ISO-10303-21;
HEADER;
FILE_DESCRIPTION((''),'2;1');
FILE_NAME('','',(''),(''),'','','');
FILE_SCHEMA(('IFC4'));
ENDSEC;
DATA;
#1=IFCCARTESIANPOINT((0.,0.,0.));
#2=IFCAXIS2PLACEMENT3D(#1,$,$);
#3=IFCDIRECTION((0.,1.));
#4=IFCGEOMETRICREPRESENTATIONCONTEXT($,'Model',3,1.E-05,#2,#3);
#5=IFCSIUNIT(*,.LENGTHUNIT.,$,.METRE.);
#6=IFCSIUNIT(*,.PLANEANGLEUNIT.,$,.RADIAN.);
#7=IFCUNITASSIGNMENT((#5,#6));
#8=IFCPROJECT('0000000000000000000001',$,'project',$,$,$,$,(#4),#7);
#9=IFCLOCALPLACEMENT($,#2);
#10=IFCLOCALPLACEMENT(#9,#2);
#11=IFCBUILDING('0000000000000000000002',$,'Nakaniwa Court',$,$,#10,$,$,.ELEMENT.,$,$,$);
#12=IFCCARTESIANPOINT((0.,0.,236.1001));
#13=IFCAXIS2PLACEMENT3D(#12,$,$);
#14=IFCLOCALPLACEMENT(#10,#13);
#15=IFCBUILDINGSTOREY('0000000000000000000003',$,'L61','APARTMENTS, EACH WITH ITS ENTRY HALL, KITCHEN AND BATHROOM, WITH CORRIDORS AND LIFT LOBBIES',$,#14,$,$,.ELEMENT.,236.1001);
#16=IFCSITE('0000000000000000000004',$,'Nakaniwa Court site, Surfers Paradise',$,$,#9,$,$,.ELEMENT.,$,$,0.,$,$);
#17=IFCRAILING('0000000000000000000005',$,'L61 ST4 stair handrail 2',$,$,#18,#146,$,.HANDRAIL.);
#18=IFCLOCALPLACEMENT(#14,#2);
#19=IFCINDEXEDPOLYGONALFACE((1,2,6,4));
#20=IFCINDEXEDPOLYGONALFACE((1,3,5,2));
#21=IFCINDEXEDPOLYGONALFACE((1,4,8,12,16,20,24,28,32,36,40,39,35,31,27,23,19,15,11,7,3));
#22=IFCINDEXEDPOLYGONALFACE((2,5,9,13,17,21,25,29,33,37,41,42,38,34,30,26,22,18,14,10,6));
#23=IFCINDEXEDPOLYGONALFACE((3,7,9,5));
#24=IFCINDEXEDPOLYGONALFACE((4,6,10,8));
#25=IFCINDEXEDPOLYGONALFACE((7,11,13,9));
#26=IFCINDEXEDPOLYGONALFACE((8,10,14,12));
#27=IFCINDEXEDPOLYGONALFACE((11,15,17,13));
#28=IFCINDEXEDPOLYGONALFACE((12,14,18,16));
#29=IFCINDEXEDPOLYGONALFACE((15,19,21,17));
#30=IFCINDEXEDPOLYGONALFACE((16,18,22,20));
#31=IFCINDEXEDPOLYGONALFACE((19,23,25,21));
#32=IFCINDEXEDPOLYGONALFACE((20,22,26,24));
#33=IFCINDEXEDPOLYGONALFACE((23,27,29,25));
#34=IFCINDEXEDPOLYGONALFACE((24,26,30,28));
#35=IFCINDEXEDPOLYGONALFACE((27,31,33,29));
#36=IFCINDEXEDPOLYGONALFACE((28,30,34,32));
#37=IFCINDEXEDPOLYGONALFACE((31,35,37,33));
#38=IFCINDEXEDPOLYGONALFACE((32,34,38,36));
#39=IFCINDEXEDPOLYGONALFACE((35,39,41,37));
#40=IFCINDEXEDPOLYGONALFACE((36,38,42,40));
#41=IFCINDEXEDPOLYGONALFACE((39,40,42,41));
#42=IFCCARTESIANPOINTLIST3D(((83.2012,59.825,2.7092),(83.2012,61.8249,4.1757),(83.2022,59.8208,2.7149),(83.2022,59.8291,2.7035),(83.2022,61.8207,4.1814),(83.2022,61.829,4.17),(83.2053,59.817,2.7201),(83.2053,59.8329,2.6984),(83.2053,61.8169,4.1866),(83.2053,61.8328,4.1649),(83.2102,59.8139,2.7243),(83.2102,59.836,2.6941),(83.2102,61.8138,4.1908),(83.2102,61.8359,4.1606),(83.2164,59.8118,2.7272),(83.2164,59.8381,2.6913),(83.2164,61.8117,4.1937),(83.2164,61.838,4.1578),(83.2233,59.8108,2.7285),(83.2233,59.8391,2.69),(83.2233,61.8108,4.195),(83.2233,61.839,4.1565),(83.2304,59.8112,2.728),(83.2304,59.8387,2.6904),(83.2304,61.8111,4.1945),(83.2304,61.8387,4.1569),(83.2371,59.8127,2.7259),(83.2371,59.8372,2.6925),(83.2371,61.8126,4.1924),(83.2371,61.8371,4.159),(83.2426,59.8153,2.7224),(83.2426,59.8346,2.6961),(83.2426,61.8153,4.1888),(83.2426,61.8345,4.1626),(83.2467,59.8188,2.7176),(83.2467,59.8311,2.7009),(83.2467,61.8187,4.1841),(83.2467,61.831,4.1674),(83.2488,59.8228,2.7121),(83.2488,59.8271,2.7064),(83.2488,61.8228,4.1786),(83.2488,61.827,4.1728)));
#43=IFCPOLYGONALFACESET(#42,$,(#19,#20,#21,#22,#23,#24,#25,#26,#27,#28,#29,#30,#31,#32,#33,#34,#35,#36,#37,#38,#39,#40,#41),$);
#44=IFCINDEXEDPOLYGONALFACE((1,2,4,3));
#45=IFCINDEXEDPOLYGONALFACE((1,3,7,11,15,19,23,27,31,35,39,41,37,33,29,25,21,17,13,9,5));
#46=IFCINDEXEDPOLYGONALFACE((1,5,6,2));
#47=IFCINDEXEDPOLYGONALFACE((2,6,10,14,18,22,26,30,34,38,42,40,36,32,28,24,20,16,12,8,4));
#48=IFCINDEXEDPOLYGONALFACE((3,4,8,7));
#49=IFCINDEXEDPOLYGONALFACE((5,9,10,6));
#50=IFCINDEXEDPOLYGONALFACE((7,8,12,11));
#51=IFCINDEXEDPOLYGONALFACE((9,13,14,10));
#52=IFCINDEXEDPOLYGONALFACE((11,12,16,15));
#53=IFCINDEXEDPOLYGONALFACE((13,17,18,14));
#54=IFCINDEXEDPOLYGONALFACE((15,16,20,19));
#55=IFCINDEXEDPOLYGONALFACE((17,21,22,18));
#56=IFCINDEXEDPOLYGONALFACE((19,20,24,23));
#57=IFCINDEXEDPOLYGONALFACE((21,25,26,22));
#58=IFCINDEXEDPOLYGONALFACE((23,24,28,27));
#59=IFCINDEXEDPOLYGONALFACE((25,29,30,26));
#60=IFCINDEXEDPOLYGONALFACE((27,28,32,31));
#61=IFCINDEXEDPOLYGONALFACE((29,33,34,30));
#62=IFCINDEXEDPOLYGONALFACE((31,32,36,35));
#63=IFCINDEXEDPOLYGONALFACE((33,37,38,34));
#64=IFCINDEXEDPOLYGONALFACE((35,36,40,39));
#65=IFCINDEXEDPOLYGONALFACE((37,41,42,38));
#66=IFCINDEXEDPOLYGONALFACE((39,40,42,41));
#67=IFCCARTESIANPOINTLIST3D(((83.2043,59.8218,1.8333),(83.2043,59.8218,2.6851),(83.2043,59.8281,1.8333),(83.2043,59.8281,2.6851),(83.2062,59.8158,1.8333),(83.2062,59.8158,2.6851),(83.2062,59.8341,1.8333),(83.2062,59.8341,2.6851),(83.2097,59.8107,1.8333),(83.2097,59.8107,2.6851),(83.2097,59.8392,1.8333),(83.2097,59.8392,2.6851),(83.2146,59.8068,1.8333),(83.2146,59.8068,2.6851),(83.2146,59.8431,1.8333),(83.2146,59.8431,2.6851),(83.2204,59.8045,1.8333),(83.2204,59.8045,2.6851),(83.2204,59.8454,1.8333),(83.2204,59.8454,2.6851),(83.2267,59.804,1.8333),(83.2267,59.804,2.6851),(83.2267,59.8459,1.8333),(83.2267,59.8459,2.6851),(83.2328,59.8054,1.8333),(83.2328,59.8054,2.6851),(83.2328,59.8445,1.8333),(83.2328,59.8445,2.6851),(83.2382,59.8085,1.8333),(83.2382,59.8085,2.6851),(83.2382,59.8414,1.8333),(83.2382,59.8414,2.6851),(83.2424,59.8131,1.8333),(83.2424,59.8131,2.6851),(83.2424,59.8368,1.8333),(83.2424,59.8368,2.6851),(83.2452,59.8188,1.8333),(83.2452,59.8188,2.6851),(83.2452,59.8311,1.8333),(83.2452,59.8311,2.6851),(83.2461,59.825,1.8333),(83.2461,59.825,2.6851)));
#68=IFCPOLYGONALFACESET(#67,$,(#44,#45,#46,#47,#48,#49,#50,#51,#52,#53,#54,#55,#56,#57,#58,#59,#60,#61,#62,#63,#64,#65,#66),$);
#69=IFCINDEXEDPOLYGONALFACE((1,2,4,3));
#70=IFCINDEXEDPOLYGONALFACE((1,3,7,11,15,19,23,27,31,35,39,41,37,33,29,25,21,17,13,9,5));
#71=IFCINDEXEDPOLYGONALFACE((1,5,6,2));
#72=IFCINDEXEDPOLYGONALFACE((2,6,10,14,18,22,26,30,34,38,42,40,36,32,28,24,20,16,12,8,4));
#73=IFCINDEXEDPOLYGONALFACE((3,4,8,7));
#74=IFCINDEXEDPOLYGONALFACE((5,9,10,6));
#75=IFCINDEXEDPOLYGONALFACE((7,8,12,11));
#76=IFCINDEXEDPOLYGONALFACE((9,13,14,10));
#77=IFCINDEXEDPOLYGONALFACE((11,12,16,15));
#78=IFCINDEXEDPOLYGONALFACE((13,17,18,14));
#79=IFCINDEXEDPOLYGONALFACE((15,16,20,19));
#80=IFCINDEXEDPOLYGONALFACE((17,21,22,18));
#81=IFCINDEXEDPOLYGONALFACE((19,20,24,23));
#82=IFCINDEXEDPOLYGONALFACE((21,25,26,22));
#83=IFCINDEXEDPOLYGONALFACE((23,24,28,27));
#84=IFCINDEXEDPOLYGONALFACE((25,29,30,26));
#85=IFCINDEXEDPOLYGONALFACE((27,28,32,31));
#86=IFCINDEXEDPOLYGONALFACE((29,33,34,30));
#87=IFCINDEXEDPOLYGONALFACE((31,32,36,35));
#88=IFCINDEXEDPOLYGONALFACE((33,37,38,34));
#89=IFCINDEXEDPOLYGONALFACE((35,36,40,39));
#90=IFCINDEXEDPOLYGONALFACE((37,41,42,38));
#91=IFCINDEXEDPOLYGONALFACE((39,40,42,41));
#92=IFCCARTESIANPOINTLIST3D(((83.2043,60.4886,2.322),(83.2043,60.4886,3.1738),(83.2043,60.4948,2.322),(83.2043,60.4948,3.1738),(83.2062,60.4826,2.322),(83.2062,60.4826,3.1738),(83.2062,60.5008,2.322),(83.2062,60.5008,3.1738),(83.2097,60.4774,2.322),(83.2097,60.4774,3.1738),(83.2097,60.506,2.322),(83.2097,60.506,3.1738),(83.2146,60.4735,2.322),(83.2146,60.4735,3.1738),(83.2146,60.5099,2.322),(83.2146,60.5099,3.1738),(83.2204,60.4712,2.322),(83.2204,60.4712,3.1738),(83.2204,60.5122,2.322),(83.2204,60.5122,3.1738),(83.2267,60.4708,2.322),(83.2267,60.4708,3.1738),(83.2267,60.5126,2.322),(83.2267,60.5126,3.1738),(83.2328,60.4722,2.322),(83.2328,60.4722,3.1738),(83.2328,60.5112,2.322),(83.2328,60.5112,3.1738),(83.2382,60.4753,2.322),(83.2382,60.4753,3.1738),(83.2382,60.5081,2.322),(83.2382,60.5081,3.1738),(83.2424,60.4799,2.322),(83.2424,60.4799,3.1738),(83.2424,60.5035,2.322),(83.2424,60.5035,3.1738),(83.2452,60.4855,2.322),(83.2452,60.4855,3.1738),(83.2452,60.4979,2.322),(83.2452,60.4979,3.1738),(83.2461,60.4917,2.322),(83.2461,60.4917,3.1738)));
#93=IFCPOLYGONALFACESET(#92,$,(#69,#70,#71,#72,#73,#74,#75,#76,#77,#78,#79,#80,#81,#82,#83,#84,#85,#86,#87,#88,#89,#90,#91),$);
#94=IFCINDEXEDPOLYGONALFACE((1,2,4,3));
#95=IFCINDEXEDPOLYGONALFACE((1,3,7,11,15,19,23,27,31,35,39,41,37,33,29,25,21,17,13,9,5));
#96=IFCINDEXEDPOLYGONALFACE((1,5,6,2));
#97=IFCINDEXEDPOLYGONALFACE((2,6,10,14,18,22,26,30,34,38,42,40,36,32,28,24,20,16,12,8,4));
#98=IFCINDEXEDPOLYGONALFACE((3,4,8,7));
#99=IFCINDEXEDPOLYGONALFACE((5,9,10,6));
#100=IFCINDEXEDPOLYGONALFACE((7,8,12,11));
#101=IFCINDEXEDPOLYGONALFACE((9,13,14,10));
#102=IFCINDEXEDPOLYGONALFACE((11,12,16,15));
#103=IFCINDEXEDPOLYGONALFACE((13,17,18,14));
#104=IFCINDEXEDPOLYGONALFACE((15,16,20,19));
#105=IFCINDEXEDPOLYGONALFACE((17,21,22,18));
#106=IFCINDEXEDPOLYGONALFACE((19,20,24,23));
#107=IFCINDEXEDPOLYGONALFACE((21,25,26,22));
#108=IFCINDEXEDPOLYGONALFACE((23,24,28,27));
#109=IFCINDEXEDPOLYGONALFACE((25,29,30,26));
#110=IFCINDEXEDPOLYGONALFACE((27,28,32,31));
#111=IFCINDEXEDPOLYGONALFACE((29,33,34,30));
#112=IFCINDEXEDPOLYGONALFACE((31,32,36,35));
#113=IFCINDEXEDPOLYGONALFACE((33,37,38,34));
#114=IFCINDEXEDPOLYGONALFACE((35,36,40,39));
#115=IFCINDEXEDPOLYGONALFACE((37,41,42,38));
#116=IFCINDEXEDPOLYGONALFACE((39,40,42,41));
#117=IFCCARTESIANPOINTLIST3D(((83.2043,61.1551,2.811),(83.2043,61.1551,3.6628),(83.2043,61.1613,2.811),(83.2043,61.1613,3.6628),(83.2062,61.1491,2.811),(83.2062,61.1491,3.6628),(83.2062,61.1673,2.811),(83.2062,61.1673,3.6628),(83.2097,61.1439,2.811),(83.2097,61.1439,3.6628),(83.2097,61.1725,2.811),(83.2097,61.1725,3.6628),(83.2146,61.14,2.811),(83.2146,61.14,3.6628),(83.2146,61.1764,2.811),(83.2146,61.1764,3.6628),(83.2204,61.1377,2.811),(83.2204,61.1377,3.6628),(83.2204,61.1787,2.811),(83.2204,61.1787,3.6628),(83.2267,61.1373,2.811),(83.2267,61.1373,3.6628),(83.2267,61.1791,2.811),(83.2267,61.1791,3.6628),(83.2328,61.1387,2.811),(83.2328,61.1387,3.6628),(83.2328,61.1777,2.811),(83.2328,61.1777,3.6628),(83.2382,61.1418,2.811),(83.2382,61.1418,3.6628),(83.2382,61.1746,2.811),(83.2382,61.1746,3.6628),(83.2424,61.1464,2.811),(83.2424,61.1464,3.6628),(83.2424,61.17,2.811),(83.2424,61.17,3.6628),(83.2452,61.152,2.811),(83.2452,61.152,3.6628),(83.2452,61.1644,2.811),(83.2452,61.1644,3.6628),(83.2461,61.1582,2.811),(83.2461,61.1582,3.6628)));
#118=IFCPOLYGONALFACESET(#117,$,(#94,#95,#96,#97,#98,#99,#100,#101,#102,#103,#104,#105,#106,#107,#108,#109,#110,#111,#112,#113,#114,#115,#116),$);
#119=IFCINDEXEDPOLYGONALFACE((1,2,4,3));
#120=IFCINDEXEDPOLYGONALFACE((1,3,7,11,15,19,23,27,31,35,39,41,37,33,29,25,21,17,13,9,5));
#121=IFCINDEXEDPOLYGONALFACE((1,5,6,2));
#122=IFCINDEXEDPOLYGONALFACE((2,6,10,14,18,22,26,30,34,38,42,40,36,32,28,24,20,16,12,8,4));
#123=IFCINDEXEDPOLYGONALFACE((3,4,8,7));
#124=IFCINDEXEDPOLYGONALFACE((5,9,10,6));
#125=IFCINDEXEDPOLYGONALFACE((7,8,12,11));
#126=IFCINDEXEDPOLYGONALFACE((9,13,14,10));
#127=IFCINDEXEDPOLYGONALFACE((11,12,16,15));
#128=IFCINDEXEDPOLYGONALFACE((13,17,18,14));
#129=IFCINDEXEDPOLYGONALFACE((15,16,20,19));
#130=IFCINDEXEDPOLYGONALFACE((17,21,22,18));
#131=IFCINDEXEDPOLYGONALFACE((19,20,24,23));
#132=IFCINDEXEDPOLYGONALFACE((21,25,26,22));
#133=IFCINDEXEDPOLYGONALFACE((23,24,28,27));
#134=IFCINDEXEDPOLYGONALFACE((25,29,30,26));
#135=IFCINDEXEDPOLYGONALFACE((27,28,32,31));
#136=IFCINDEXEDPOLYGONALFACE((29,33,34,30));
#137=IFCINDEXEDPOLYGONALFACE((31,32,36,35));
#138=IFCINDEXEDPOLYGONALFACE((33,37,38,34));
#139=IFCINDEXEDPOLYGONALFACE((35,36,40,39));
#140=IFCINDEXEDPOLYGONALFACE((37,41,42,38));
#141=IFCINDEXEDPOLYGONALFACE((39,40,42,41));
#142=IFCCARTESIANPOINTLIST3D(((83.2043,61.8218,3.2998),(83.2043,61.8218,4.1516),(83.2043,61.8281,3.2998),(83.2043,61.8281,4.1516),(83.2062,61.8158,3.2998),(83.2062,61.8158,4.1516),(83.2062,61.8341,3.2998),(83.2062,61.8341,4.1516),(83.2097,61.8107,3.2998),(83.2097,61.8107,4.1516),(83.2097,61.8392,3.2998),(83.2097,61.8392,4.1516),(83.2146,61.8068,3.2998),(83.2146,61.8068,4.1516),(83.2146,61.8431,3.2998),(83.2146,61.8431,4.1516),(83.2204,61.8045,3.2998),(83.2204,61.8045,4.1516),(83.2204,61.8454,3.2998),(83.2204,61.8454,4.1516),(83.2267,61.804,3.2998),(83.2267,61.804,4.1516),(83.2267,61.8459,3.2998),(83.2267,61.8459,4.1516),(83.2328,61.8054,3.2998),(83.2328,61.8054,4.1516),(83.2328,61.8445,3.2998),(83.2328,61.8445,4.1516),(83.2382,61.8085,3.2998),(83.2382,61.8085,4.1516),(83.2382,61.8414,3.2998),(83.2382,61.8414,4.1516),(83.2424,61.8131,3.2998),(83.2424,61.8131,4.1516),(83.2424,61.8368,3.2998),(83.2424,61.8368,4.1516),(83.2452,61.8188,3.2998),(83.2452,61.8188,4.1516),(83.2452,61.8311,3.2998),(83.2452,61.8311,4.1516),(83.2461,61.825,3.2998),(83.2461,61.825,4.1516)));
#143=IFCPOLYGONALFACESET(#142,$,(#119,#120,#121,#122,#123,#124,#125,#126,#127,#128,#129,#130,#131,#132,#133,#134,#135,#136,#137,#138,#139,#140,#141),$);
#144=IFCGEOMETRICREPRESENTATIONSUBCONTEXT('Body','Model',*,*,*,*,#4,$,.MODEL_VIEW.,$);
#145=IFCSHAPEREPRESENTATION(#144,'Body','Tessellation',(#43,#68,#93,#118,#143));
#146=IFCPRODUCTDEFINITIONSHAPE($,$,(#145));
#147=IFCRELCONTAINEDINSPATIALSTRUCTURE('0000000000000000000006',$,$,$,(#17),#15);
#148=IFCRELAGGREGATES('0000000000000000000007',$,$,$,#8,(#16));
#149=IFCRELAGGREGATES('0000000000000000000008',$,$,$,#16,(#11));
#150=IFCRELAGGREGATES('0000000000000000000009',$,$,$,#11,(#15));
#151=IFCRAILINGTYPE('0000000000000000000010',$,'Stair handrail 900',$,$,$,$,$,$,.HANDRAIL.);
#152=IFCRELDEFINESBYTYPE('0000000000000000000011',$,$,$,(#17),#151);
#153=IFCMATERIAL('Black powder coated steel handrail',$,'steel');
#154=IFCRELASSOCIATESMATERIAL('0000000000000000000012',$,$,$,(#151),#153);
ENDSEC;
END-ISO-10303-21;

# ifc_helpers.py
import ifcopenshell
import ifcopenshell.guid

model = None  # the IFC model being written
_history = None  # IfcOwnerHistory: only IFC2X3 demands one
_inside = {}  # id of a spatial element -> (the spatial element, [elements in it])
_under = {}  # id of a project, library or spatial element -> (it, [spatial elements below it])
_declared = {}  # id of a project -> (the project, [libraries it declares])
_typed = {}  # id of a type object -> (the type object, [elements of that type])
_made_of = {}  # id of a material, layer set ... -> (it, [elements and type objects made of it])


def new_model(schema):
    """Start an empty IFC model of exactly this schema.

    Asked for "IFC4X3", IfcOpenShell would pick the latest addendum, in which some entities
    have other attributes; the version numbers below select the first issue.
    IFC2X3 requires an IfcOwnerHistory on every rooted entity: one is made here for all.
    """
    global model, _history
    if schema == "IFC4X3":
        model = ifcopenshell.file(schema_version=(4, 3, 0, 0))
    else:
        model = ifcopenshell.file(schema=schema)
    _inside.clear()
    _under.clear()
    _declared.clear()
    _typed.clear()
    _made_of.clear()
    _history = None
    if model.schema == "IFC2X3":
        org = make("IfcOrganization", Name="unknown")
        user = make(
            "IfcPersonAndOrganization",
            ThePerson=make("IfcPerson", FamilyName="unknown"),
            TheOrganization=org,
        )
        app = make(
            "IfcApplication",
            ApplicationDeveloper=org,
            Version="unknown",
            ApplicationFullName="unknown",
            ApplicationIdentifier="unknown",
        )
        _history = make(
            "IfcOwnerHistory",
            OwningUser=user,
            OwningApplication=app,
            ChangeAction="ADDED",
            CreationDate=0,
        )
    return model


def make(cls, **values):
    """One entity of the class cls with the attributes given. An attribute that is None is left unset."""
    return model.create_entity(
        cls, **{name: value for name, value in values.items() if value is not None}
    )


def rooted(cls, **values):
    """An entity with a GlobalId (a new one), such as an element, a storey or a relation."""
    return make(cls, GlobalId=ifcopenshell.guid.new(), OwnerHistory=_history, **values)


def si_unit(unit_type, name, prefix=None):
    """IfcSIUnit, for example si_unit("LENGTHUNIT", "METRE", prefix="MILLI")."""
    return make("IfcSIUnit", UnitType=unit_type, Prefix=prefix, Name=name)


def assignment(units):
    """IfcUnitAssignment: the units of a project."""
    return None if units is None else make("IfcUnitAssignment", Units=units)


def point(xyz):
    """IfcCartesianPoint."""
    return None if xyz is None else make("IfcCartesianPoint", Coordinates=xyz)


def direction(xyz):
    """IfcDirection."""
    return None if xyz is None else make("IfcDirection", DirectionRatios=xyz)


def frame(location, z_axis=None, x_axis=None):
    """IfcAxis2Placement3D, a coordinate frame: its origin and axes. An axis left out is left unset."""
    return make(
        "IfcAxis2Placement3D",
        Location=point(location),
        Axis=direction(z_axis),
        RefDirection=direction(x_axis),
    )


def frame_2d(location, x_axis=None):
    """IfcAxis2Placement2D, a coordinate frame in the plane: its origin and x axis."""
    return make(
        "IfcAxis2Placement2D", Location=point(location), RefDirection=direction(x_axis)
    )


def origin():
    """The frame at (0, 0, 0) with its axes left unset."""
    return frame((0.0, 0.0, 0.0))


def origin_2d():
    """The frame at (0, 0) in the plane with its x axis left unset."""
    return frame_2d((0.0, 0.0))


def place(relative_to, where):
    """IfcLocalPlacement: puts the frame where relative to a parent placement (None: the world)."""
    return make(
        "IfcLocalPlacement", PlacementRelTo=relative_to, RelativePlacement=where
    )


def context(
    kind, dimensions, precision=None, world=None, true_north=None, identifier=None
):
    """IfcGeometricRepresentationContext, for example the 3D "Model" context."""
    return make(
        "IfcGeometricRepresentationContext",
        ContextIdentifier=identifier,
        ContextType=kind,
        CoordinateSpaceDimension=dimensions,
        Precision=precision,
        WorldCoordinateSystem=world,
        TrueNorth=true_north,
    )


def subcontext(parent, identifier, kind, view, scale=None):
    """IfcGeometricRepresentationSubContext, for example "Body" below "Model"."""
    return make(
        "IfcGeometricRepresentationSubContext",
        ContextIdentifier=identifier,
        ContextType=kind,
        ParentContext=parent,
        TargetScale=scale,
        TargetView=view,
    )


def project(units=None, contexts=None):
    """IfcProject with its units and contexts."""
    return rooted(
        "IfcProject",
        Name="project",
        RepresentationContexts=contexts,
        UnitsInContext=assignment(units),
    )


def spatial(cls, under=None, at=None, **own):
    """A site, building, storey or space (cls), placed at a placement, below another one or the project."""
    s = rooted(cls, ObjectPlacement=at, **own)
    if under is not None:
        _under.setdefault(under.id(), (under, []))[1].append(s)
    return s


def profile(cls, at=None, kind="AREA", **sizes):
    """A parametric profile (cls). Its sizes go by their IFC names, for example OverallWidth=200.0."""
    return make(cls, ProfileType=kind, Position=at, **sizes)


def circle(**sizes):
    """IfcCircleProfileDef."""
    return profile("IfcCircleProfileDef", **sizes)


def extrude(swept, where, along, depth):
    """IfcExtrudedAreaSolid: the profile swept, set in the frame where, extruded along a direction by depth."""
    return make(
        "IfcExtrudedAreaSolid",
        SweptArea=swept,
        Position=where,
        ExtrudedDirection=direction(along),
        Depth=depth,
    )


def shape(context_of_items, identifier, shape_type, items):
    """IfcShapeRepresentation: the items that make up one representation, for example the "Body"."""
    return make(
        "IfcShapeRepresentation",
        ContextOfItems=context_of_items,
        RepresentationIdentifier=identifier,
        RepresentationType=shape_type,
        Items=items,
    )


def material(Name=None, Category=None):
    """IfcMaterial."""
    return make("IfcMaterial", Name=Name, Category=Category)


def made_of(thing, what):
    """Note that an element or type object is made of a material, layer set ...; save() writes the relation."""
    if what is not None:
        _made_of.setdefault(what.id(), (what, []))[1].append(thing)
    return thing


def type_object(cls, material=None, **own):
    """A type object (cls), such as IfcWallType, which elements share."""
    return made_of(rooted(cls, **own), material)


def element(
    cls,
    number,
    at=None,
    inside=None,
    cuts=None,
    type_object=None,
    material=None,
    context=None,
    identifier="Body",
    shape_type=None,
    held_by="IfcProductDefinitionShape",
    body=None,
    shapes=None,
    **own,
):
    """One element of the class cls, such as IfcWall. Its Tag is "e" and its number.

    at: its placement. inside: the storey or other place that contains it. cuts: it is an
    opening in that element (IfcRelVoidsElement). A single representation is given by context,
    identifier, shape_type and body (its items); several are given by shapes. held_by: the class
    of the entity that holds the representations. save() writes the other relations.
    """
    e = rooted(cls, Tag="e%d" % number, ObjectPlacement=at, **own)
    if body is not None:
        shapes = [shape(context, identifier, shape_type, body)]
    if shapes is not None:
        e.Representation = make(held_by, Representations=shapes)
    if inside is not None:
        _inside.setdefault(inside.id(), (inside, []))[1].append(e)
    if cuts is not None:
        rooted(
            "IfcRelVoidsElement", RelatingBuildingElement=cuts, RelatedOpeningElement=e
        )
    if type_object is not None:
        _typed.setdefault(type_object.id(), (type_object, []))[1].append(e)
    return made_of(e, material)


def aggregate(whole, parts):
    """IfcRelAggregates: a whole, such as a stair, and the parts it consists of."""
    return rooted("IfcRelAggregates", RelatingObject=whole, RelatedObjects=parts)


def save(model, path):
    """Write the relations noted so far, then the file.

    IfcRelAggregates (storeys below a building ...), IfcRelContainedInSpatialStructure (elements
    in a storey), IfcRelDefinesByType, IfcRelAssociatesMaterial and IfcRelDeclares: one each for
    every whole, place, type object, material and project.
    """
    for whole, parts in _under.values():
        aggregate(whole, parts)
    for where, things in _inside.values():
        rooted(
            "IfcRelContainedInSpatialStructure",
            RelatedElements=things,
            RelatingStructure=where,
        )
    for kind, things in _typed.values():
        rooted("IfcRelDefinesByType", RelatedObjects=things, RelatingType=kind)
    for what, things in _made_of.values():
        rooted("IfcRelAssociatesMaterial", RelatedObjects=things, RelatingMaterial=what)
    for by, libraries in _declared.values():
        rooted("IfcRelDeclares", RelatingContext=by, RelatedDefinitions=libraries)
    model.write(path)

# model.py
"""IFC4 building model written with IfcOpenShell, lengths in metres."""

from ifc_helpers import new_model, si_unit, direction, frame, origin, origin_2d, place, context, subcontext, project, spatial, circle, extrude, material, type_object, element, save


model = new_model("IFC4")

# Units and contexts
model_context = context("Model", 3, precision=1e-05, world=origin(), true_north=direction((0.0, 1.0)))
body_context = subcontext(model_context, "Body", "Model", "MODEL_VIEW")
ifc_project = project(units=[si_unit("LENGTHUNIT", "METRE"), si_unit("PLANEANGLEUNIT", "RADIAN")], contexts=[model_context])

# Site, building, storey
site_placement = place(None, origin())
site = spatial("IfcSite", under=ifc_project, at=site_placement, Name="Nakaniwa Court site, Surfers Paradise", CompositionType="ELEMENT", RefElevation=0.0)
building_placement = place(site_placement, origin())
building = spatial("IfcBuilding", under=site, at=building_placement, Name="Nakaniwa Court", CompositionType="ELEMENT")
storey_placement = place(building_placement, frame((0.0, 0.0, 236.1001)))
storey = spatial("IfcBuildingStorey", under=building, at=storey_placement, Name="L61", Description="APARTMENTS, EACH WITH ITS ENTRY HALL, KITCHEN AND BATHROOM, WITH CORRIDORS AND LIFT LOBBIES", CompositionType="ELEMENT", Elevation=236.1001)

# Railing
ifc_material_1 = material(Name="Black powder coated steel handrail", Category="steel")
railing_type_1 = type_object("IfcRailingType", Name="Stair handrail 900", PredefinedType="HANDRAIL", material=ifc_material_1)
railing_1_placement = place(storey_placement, frame((83.2251, 59.825, 1.8333)))
element("IfcRailing", 1, at=railing_1_placement, inside=storey, type_object=railing_type_1, Name="L61 ST4 stair handrail 2", PredefinedType="HANDRAIL", context=body_context, shape_type="SweptSolid", body=[
    extrude(circle(Radius=0.0239, at=origin_2d()), frame((0.0, 0.0, 0.876), z_axis=(0.0, 0.806427, 0.591334), x_axis=(-1.0, 0.0, 0.0)), (0.0, 0.0, 1.0), 2.48),
    extrude(circle(Radius=0.021, at=origin_2d()), origin(), (0.0, 0.0, 1.0), 0.8518),
    extrude(circle(Radius=0.021, at=origin_2d()), frame((0.0, 0.6667, 0.4888)), (0.0, 0.0, 1.0), 0.8518),
    extrude(circle(Radius=0.021, at=origin_2d()), frame((0.0, 1.3333, 0.9778)), (0.0, 0.0, 1.0), 0.8518),
    extrude(circle(Radius=0.021, at=origin_2d()), frame((0.0, 2.0, 1.4666)), (0.0, 0.0, 1.0), 0.8518),
])

save(model, "model.ifc")
